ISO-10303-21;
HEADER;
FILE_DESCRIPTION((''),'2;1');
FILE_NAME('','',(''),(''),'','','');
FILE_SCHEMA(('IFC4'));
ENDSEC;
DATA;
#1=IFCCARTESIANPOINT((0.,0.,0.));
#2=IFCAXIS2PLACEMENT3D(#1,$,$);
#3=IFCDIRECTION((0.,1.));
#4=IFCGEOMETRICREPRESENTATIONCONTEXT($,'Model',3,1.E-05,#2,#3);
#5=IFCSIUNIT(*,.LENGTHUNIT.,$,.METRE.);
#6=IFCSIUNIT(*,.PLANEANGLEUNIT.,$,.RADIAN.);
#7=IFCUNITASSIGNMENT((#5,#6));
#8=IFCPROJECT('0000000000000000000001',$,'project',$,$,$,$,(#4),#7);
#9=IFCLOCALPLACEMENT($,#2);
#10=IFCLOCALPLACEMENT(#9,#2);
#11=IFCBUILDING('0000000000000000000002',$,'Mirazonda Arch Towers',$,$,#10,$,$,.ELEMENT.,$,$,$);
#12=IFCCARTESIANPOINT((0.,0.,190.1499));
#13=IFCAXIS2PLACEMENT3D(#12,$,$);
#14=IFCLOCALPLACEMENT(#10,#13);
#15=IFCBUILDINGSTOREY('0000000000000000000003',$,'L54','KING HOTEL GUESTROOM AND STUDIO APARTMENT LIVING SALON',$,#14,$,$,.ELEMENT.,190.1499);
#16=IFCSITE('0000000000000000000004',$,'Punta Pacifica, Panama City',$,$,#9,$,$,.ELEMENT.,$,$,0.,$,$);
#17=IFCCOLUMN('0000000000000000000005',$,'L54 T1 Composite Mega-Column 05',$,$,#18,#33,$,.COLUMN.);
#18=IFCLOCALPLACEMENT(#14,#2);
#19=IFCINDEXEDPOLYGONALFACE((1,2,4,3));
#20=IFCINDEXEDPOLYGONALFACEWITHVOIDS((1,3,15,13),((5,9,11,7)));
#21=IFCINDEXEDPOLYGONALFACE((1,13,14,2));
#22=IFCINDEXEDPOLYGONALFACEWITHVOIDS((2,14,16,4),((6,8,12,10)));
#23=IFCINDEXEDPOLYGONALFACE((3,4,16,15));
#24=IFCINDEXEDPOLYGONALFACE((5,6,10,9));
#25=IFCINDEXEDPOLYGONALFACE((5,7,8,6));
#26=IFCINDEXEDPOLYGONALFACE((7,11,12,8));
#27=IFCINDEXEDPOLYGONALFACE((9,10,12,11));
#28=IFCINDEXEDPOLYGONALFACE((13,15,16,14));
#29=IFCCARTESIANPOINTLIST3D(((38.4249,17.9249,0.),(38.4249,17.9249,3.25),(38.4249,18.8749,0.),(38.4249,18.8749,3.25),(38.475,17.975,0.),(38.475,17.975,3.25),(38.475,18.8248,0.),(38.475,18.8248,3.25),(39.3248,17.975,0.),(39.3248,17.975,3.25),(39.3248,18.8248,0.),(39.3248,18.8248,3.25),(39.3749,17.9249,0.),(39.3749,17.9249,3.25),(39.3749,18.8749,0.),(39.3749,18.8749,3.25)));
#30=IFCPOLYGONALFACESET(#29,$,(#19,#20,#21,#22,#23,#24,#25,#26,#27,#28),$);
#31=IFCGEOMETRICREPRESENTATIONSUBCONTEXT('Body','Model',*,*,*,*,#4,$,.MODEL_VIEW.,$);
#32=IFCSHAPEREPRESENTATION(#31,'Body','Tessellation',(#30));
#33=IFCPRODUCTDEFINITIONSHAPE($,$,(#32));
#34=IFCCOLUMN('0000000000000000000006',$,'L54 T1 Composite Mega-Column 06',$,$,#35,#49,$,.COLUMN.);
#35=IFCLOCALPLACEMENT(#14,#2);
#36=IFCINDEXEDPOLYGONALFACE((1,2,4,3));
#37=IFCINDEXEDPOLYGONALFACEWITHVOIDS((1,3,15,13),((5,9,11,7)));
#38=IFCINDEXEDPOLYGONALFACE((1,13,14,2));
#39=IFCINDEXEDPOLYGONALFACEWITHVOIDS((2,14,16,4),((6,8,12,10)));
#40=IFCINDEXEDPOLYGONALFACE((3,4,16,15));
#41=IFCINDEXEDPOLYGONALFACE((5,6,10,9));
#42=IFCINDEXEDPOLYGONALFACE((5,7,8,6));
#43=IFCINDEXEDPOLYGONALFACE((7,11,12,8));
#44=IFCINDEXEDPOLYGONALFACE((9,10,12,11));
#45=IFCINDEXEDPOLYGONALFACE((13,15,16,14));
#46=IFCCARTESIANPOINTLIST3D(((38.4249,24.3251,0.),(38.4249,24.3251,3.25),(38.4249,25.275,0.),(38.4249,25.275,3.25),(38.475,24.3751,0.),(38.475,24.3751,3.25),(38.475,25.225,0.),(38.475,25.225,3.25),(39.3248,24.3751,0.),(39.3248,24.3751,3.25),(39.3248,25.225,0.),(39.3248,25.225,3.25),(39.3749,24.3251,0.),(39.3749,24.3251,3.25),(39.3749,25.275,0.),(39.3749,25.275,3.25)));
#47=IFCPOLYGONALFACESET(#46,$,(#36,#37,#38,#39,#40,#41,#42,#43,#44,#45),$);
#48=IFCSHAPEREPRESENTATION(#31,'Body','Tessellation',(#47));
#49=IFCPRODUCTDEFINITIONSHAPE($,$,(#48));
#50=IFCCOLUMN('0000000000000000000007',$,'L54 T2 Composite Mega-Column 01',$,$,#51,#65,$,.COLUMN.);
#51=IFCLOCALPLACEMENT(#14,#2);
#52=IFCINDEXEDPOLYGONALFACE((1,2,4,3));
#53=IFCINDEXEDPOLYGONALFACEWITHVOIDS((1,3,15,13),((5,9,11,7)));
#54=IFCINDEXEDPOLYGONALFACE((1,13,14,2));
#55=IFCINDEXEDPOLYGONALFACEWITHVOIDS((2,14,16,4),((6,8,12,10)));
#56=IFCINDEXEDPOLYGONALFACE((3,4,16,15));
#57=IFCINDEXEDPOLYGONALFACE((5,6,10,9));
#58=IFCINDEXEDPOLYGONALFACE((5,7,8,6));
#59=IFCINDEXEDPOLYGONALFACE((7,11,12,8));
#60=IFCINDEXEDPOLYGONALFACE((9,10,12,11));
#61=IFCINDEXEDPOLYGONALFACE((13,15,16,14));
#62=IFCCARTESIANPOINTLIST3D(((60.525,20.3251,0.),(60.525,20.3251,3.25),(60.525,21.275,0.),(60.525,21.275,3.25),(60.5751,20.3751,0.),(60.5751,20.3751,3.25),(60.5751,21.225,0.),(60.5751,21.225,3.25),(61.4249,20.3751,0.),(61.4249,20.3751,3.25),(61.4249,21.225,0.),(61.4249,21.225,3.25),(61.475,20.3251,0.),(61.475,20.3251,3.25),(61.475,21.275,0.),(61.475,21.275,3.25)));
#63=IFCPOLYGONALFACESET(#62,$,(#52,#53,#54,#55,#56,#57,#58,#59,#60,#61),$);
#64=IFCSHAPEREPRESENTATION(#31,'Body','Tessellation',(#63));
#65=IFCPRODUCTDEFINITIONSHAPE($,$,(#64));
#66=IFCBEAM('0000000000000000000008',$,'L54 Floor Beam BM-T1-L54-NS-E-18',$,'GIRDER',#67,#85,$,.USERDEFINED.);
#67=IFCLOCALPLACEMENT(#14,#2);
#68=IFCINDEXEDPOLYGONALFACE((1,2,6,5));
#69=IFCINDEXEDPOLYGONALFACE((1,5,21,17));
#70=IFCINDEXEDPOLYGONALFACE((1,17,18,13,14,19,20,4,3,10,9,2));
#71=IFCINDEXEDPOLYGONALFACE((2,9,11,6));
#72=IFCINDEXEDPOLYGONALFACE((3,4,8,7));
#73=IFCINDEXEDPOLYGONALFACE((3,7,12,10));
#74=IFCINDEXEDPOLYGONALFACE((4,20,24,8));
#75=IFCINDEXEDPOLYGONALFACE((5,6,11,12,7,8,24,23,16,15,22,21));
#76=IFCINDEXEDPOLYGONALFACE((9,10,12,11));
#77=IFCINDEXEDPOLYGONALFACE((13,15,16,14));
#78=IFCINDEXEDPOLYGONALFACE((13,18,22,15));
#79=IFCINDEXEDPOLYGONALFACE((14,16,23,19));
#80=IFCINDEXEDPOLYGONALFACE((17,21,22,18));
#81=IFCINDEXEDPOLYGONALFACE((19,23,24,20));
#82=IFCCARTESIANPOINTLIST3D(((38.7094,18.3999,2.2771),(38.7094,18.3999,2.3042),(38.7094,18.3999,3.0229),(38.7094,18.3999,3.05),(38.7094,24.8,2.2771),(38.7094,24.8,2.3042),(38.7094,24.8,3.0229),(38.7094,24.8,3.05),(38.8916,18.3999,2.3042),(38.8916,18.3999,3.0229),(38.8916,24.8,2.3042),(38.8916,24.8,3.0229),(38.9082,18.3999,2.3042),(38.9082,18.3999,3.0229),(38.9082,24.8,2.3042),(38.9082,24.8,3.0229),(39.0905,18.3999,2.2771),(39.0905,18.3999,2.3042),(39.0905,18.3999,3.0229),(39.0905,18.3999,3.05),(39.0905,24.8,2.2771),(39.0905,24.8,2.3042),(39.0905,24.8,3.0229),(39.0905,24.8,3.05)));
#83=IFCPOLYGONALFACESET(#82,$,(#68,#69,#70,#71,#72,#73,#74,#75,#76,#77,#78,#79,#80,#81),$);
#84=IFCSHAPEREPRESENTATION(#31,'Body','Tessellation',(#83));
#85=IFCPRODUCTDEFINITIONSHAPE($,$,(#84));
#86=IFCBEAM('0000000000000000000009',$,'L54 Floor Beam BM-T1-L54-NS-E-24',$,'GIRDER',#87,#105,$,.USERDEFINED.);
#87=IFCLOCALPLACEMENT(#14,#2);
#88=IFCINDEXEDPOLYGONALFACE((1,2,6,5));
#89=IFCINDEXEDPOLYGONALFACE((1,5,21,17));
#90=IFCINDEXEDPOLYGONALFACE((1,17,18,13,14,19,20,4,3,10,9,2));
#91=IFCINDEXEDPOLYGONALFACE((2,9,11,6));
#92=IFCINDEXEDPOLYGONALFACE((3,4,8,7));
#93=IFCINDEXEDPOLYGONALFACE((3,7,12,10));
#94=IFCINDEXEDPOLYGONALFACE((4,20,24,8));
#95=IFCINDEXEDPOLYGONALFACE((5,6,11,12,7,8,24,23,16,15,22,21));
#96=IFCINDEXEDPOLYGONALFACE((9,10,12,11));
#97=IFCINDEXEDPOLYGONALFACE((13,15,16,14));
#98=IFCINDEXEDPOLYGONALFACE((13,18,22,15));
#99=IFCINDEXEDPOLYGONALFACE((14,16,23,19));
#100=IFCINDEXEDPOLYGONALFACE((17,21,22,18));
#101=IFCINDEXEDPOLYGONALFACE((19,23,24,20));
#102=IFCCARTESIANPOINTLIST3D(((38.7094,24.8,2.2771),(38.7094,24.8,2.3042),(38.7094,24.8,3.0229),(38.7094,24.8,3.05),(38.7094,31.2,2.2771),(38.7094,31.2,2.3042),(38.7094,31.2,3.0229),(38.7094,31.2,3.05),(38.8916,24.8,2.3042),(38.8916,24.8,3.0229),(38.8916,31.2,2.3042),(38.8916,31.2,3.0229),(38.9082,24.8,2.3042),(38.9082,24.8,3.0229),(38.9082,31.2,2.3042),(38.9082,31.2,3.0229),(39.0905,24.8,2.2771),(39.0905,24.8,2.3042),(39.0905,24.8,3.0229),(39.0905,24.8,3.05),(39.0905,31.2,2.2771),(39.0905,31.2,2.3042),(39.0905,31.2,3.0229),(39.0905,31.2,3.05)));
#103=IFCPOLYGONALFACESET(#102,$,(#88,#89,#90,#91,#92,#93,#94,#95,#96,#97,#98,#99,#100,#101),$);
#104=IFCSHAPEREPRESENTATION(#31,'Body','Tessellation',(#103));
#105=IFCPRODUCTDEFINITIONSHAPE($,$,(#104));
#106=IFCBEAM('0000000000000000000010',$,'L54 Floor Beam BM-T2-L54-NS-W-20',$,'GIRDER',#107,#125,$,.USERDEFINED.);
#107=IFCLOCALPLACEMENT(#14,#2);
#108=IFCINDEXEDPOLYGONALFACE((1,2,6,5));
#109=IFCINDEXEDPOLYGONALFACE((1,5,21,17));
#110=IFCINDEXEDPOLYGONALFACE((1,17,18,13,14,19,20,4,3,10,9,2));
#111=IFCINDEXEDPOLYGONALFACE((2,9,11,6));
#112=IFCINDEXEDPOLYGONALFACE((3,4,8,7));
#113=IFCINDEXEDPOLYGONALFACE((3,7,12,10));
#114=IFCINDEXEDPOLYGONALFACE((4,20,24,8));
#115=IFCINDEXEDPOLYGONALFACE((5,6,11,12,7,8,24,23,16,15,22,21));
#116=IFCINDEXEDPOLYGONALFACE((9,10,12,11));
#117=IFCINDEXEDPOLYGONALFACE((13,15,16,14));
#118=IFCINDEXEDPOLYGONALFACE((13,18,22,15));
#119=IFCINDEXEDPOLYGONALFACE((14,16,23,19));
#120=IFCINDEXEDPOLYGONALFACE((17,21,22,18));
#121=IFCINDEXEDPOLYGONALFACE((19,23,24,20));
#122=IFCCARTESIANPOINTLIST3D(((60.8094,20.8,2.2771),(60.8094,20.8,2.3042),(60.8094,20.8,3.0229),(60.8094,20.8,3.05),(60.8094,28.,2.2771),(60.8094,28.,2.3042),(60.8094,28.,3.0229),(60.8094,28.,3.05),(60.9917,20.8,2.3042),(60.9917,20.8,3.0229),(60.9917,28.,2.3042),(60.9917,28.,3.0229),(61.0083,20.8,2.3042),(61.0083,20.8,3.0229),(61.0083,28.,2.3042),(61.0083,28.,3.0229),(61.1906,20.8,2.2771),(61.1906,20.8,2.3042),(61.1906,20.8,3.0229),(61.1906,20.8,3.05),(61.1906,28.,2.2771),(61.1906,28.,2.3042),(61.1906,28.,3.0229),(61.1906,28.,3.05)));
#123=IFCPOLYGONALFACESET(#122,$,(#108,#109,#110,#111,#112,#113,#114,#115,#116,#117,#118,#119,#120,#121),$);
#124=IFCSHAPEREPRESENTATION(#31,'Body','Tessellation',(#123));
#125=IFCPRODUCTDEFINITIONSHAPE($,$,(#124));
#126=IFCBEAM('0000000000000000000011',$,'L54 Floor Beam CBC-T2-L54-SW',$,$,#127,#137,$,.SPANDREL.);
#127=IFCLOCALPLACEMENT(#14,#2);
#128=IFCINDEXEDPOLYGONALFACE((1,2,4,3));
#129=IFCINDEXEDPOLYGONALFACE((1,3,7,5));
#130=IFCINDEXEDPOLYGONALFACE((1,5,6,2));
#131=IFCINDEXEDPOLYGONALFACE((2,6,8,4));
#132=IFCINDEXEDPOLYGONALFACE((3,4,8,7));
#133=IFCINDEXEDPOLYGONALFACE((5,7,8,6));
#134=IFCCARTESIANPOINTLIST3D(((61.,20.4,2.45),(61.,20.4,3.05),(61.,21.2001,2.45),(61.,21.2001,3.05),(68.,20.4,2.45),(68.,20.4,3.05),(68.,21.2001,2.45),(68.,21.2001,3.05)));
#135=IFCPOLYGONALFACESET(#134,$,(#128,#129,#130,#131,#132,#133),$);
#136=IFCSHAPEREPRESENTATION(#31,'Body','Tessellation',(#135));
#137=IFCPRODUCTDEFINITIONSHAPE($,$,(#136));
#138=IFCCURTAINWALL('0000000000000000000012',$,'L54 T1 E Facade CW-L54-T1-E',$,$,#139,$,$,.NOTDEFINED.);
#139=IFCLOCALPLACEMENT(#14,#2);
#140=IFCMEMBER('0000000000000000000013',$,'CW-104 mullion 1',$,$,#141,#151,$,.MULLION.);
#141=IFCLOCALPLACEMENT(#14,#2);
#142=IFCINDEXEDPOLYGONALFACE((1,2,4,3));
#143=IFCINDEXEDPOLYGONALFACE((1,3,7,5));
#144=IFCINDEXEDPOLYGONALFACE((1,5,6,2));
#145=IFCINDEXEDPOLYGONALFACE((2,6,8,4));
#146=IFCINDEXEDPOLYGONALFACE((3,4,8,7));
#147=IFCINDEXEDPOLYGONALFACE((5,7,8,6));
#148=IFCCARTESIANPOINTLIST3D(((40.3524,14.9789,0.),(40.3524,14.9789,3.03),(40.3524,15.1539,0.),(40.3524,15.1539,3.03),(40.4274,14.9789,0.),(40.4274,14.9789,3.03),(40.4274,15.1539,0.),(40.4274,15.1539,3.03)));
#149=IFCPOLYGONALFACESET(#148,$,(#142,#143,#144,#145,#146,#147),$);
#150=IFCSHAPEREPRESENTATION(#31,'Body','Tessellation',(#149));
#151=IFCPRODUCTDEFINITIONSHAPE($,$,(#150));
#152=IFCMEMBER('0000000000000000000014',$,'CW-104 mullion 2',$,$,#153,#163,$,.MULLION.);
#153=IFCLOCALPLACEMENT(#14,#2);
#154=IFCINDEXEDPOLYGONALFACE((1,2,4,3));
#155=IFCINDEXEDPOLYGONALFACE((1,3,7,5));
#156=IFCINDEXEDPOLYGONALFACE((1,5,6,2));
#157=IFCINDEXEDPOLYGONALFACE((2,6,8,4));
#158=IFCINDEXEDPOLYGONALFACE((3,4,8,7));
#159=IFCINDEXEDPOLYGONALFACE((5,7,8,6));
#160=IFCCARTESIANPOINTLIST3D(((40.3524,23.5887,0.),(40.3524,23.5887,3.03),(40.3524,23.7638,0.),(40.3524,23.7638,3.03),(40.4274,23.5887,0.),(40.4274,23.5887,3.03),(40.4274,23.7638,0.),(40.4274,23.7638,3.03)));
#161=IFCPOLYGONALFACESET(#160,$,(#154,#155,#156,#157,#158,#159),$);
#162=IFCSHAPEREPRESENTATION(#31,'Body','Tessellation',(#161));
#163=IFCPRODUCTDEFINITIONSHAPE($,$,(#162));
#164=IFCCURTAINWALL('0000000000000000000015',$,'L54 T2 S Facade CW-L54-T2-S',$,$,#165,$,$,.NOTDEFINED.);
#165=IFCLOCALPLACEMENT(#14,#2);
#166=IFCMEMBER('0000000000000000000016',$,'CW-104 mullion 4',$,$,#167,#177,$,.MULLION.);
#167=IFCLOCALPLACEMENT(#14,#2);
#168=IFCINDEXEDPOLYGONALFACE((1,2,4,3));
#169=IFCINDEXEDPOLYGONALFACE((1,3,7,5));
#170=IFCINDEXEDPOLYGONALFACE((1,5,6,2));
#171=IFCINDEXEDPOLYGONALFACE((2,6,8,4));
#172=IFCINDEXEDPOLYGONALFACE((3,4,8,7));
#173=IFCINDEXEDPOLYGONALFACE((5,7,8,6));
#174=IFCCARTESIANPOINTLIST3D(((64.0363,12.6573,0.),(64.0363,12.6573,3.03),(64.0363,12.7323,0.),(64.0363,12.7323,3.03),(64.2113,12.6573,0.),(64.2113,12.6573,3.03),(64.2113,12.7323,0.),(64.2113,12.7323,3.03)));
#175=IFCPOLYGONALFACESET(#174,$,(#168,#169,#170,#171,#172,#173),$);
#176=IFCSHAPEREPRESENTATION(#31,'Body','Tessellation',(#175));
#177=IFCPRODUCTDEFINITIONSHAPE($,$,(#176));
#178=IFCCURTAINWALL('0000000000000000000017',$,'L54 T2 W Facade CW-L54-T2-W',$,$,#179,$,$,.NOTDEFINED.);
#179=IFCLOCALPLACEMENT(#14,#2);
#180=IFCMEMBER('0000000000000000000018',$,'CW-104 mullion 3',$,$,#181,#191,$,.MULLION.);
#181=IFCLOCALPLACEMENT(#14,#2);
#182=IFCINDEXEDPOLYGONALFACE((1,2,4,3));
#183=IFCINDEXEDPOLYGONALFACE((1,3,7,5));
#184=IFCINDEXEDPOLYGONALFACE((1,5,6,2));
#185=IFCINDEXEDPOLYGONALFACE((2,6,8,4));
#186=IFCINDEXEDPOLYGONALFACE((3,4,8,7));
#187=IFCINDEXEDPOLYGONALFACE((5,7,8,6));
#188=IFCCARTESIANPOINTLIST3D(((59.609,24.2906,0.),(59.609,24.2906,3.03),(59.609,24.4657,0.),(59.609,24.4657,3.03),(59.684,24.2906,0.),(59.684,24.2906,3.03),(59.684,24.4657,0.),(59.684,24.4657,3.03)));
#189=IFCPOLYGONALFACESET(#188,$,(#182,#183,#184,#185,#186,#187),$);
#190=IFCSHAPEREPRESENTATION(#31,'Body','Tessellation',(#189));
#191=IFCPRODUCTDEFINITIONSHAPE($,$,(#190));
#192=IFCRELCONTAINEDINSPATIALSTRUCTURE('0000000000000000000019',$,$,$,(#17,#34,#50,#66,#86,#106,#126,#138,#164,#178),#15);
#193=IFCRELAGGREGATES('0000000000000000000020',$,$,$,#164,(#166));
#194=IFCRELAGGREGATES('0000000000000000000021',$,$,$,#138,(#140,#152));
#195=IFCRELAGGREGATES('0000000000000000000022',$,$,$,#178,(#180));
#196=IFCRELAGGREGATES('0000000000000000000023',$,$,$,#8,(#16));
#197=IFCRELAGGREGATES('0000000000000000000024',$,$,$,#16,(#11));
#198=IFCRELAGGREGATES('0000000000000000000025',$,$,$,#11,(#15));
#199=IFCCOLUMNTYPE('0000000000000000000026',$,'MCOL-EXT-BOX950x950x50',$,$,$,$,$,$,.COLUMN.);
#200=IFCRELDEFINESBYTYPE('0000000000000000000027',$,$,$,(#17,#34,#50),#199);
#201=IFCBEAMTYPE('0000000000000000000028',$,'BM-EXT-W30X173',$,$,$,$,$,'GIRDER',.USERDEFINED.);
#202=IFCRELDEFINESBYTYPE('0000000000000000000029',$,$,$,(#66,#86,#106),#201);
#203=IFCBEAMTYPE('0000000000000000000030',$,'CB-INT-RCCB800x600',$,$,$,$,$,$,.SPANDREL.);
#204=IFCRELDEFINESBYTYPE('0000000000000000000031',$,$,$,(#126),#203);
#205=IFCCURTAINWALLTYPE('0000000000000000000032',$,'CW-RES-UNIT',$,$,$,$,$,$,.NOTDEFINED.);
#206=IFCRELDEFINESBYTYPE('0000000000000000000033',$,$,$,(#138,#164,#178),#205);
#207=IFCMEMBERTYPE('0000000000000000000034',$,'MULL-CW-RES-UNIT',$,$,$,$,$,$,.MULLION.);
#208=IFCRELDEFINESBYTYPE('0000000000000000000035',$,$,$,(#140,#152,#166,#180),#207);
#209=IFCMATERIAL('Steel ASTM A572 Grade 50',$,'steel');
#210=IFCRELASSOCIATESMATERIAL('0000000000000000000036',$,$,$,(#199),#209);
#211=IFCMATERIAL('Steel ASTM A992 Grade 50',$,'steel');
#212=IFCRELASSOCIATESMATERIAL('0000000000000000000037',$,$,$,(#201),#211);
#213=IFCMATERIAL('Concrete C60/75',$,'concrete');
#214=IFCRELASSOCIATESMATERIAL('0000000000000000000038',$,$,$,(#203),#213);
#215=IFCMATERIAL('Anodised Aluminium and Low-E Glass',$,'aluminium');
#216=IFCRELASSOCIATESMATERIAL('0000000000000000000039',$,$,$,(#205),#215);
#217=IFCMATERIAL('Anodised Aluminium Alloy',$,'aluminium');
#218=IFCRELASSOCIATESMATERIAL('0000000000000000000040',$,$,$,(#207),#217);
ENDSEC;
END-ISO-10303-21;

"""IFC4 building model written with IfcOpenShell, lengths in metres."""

from ifc_helpers import new_model, si_unit, direction, frame, origin, origin_2d, place, context, subcontext, project, spatial, rectangle, hollow_rectangle, i_section, extrude, material, material_profile, profile_set, type_object, element, aggregate, save


model = new_model("IFC4")

# Units and contexts
model_context = context("Model", 3, precision=1e-05, world=origin(), true_north=direction((0.0, 1.0)))
body_context = subcontext(model_context, "Body", "Model", "MODEL_VIEW")
ifc_project = project(units=[si_unit("LENGTHUNIT", "METRE"), si_unit("PLANEANGLEUNIT", "RADIAN")], contexts=[model_context])

# Site, building, storey
site_placement = place(None, origin())
site = spatial("IfcSite", under=ifc_project, at=site_placement, Name="Punta Pacifica, Panama City", CompositionType="ELEMENT", RefElevation=0.0)
building_placement = place(site_placement, origin())
building = spatial("IfcBuilding", under=site, at=building_placement, Name="Mirazonda Arch Towers", CompositionType="ELEMENT")
storey_placement = place(building_placement, frame((0.0, 0.0, 190.1499)))
storey = spatial("IfcBuildingStorey", under=building, at=storey_placement, Name="L54", Description="KING HOTEL GUESTROOM AND STUDIO APARTMENT LIVING SALON", CompositionType="ELEMENT", Elevation=190.1499)

# Columns
ifc_material_1 = material(Name="Steel ASTM A572 Grade 50", Category="steel")
ifc_material_profile_1 = material_profile(ifc_material_1, hollow_rectangle(XDim=0.95, YDim=0.95, WallThickness=0.05, at=origin_2d()), Name="BOX950x950x50")
ifc_profile_set_1 = profile_set([ifc_material_profile_1], Name="Steel ASTM A572 Grade 50")
column_type = type_object("IfcColumnType", Name="MCOL-EXT-BOX950x950x50", PredefinedType="COLUMN", material=ifc_profile_set_1)
for number, where, z_axis, x_axis, name in (
    (1, (38.8999, 18.3999, 0.0), (0.0, 0.0, 1.0), (1.0, 0.0, 0.0), "L54 T1 Composite Mega-Column 05"),
    (2, (38.8999, 24.8, 0.0), (0.0, 0.0, 1.0), (1.0, 0.0, 0.0), "L54 T1 Composite Mega-Column 06"),
    (3, (61.0, 20.8, 0.0), (0.0, 0.0, 1.0), (1.0, 0.0, 0.0), "L54 T2 Composite Mega-Column 01"),
):
    element("IfcColumn", number, at=place(storey_placement, frame(where, z_axis=z_axis, x_axis=x_axis)), inside=storey, type_object=column_type, Name=name, PredefinedType="COLUMN", context=body_context, shape_type="SweptSolid", body=[
        extrude(hollow_rectangle(XDim=0.95, YDim=0.95, WallThickness=0.05, at=origin_2d()), origin(), (0.0, 0.0, 1.0), 3.25),
    ])

# Beams
ifc_material_2 = material(Name="Steel ASTM A992 Grade 50", Category="steel")
ifc_material_profile_2 = material_profile(ifc_material_2, i_section(OverallWidth=0.3811, OverallDepth=0.7729, WebThickness=0.0166, FlangeThickness=0.0271, at=origin_2d()), Name="W30X173")
ifc_profile_set_2 = profile_set([ifc_material_profile_2], Name="Steel ASTM A992 Grade 50")
beam_type_1 = type_object("IfcBeamType", Name="BM-EXT-W30X173", ElementType="GIRDER", PredefinedType="USERDEFINED", material=ifc_profile_set_2)
beam_1_placement = place(storey_placement, frame((38.8999, 18.3999, 2.6636), z_axis=(0.0, 1.0, 0.0), x_axis=(-1.0, 0.0, 0.0)))
element("IfcBeam", 4, at=beam_1_placement, inside=storey, type_object=beam_type_1, Name="L54 Floor Beam BM-T1-L54-NS-E-18", ObjectType="GIRDER", PredefinedType="USERDEFINED", context=body_context, shape_type="SweptSolid", body=[
    extrude(i_section(OverallWidth=0.3811, OverallDepth=0.7729, WebThickness=0.0166, FlangeThickness=0.0271, at=origin_2d()), origin(), (0.0, 0.0, 1.0), 6.4001),
])
beam_2_placement = place(storey_placement, frame((38.8999, 24.8, 2.6636), z_axis=(0.0, 1.0, 0.0), x_axis=(-1.0, 0.0, 0.0)))
element("IfcBeam", 5, at=beam_2_placement, inside=storey, type_object=beam_type_1, Name="L54 Floor Beam BM-T1-L54-NS-E-24", ObjectType="GIRDER", PredefinedType="USERDEFINED", context=body_context, shape_type="SweptSolid", body=[
    extrude(i_section(OverallWidth=0.3811, OverallDepth=0.7729, WebThickness=0.0166, FlangeThickness=0.0271, at=origin_2d()), origin(), (0.0, 0.0, 1.0), 6.3999),
])
beam_3_placement = place(storey_placement, frame((61.0, 20.8, 2.6636), z_axis=(0.0, 1.0, 0.0), x_axis=(-1.0, 0.0, 0.0)))
element("IfcBeam", 6, at=beam_3_placement, inside=storey, type_object=beam_type_1, Name="L54 Floor Beam BM-T2-L54-NS-W-20", ObjectType="GIRDER", PredefinedType="USERDEFINED", context=body_context, shape_type="SweptSolid", body=[
    extrude(i_section(OverallWidth=0.3811, OverallDepth=0.7729, WebThickness=0.0166, FlangeThickness=0.0271, at=origin_2d()), origin(), (0.0, 0.0, 1.0), 7.2),
])
ifc_material_3 = material(Name="Concrete C60/75", Category="concrete")
ifc_material_profile_3 = material_profile(ifc_material_3, rectangle(XDim=0.8, YDim=0.6001, at=origin_2d()), Name="RCCB800x600")
ifc_profile_set_3 = profile_set([ifc_material_profile_3], Name="Concrete C60/75")
beam_type_2 = type_object("IfcBeamType", Name="CB-INT-RCCB800x600", PredefinedType="SPANDREL", material=ifc_profile_set_3)
beam_4_placement = place(storey_placement, frame((61.0, 20.8, 2.75), z_axis=(1.0, 0.0, 0.0), x_axis=(0.0, 1.0, 0.0)))
element("IfcBeam", 7, at=beam_4_placement, inside=storey, type_object=beam_type_2, Name="L54 Floor Beam CBC-T2-L54-SW", PredefinedType="SPANDREL", context=body_context, shape_type="SweptSolid", body=[
    extrude(rectangle(XDim=0.8, YDim=0.6001, at=origin_2d()), origin(), (0.0, 0.0, 1.0), 7.0),
])

# Curtain wall, members
ifc_material_4 = material(Name="Anodised Aluminium and Low-E Glass", Category="aluminium")
curtain_wall_type = type_object("IfcCurtainWallType", Name="CW-RES-UNIT", PredefinedType="NOTDEFINED", material=ifc_material_4)
curtain_wall_1_placement = place(storey_placement, origin())
curtain_wall_1 = element("IfcCurtainWall", 8, at=curtain_wall_1_placement, inside=storey, type_object=curtain_wall_type, Name="L54 T1 E Facade CW-L54-T1-E", PredefinedType="NOTDEFINED")
ifc_material_5 = material(Name="Anodised Aluminium Alloy", Category="aluminium")
ifc_material_profile_4 = material_profile(ifc_material_5, rectangle(XDim=0.075, YDim=0.175, at=origin_2d()), Name="ALU-MULL-75x175")
ifc_profile_set_4 = profile_set([ifc_material_profile_4], Name="Anodised Aluminium Alloy")
member_type_1 = type_object("IfcMemberType", Name="MULL-CW-RES-UNIT", PredefinedType="MULLION", material=ifc_profile_set_4)
member_1_placement = place(storey_placement, frame((40.3899, 15.0664, 0.0), z_axis=(0.0, 0.0, 1.0), x_axis=(-1.0, 0.0, 0.0)))
member_1 = element("IfcMember", 9, at=member_1_placement, type_object=member_type_1, Name="CW-104 mullion 1", PredefinedType="MULLION", context=body_context, shape_type="SweptSolid", body=[
    extrude(rectangle(XDim=0.075, YDim=0.175, at=origin_2d()), origin(), (0.0, 0.0, 1.0), 3.03),
])
member_2_placement = place(storey_placement, frame((40.3899, 23.6763, 0.0), z_axis=(0.0, 0.0, 1.0), x_axis=(-1.0, 0.0, 0.0)))
member_2 = element("IfcMember", 10, at=member_2_placement, type_object=member_type_1, Name="CW-104 mullion 2", PredefinedType="MULLION", context=body_context, shape_type="SweptSolid", body=[
    extrude(rectangle(XDim=0.075, YDim=0.175, at=origin_2d()), origin(), (0.0, 0.0, 1.0), 3.03),
])

# Curtain wall, member
curtain_wall_2_placement = place(storey_placement, origin())
curtain_wall_2 = element("IfcCurtainWall", 11, at=curtain_wall_2_placement, inside=storey, type_object=curtain_wall_type, Name="L54 T2 S Facade CW-L54-T2-S", PredefinedType="NOTDEFINED")
member_3_placement = place(storey_placement, frame((64.1238, 12.6948, 0.0), z_axis=(0.0, 0.0, 1.0), x_axis=(0.0, -1.0, 0.0)))
member_3 = element("IfcMember", 12, at=member_3_placement, type_object=member_type_1, Name="CW-104 mullion 4", PredefinedType="MULLION", context=body_context, shape_type="SweptSolid", body=[
    extrude(rectangle(XDim=0.075, YDim=0.175, at=origin_2d()), origin(), (0.0, 0.0, 1.0), 3.03),
])
aggregate(curtain_wall_2, [member_3])

# Curtain wall, member
curtain_wall_3_placement = place(storey_placement, origin())
curtain_wall_3 = element("IfcCurtainWall", 13, at=curtain_wall_3_placement, inside=storey, type_object=curtain_wall_type, Name="L54 T2 W Facade CW-L54-T2-W", PredefinedType="NOTDEFINED")
member_4_placement = place(storey_placement, frame((59.6465, 24.3782, 0.0), z_axis=(0.0, 0.0, 1.0), x_axis=(1.0, 0.0, 0.0)))
member_4 = element("IfcMember", 14, at=member_4_placement, type_object=member_type_1, Name="CW-104 mullion 3", PredefinedType="MULLION", context=body_context, shape_type="SweptSolid", body=[
    extrude(rectangle(XDim=0.075, YDim=0.175, at=origin_2d()), origin(), (0.0, 0.0, 1.0), 3.03),
])

aggregate(curtain_wall_1, [member_1, member_2])
aggregate(curtain_wall_3, [member_4])

save(model, "model.ifc")
